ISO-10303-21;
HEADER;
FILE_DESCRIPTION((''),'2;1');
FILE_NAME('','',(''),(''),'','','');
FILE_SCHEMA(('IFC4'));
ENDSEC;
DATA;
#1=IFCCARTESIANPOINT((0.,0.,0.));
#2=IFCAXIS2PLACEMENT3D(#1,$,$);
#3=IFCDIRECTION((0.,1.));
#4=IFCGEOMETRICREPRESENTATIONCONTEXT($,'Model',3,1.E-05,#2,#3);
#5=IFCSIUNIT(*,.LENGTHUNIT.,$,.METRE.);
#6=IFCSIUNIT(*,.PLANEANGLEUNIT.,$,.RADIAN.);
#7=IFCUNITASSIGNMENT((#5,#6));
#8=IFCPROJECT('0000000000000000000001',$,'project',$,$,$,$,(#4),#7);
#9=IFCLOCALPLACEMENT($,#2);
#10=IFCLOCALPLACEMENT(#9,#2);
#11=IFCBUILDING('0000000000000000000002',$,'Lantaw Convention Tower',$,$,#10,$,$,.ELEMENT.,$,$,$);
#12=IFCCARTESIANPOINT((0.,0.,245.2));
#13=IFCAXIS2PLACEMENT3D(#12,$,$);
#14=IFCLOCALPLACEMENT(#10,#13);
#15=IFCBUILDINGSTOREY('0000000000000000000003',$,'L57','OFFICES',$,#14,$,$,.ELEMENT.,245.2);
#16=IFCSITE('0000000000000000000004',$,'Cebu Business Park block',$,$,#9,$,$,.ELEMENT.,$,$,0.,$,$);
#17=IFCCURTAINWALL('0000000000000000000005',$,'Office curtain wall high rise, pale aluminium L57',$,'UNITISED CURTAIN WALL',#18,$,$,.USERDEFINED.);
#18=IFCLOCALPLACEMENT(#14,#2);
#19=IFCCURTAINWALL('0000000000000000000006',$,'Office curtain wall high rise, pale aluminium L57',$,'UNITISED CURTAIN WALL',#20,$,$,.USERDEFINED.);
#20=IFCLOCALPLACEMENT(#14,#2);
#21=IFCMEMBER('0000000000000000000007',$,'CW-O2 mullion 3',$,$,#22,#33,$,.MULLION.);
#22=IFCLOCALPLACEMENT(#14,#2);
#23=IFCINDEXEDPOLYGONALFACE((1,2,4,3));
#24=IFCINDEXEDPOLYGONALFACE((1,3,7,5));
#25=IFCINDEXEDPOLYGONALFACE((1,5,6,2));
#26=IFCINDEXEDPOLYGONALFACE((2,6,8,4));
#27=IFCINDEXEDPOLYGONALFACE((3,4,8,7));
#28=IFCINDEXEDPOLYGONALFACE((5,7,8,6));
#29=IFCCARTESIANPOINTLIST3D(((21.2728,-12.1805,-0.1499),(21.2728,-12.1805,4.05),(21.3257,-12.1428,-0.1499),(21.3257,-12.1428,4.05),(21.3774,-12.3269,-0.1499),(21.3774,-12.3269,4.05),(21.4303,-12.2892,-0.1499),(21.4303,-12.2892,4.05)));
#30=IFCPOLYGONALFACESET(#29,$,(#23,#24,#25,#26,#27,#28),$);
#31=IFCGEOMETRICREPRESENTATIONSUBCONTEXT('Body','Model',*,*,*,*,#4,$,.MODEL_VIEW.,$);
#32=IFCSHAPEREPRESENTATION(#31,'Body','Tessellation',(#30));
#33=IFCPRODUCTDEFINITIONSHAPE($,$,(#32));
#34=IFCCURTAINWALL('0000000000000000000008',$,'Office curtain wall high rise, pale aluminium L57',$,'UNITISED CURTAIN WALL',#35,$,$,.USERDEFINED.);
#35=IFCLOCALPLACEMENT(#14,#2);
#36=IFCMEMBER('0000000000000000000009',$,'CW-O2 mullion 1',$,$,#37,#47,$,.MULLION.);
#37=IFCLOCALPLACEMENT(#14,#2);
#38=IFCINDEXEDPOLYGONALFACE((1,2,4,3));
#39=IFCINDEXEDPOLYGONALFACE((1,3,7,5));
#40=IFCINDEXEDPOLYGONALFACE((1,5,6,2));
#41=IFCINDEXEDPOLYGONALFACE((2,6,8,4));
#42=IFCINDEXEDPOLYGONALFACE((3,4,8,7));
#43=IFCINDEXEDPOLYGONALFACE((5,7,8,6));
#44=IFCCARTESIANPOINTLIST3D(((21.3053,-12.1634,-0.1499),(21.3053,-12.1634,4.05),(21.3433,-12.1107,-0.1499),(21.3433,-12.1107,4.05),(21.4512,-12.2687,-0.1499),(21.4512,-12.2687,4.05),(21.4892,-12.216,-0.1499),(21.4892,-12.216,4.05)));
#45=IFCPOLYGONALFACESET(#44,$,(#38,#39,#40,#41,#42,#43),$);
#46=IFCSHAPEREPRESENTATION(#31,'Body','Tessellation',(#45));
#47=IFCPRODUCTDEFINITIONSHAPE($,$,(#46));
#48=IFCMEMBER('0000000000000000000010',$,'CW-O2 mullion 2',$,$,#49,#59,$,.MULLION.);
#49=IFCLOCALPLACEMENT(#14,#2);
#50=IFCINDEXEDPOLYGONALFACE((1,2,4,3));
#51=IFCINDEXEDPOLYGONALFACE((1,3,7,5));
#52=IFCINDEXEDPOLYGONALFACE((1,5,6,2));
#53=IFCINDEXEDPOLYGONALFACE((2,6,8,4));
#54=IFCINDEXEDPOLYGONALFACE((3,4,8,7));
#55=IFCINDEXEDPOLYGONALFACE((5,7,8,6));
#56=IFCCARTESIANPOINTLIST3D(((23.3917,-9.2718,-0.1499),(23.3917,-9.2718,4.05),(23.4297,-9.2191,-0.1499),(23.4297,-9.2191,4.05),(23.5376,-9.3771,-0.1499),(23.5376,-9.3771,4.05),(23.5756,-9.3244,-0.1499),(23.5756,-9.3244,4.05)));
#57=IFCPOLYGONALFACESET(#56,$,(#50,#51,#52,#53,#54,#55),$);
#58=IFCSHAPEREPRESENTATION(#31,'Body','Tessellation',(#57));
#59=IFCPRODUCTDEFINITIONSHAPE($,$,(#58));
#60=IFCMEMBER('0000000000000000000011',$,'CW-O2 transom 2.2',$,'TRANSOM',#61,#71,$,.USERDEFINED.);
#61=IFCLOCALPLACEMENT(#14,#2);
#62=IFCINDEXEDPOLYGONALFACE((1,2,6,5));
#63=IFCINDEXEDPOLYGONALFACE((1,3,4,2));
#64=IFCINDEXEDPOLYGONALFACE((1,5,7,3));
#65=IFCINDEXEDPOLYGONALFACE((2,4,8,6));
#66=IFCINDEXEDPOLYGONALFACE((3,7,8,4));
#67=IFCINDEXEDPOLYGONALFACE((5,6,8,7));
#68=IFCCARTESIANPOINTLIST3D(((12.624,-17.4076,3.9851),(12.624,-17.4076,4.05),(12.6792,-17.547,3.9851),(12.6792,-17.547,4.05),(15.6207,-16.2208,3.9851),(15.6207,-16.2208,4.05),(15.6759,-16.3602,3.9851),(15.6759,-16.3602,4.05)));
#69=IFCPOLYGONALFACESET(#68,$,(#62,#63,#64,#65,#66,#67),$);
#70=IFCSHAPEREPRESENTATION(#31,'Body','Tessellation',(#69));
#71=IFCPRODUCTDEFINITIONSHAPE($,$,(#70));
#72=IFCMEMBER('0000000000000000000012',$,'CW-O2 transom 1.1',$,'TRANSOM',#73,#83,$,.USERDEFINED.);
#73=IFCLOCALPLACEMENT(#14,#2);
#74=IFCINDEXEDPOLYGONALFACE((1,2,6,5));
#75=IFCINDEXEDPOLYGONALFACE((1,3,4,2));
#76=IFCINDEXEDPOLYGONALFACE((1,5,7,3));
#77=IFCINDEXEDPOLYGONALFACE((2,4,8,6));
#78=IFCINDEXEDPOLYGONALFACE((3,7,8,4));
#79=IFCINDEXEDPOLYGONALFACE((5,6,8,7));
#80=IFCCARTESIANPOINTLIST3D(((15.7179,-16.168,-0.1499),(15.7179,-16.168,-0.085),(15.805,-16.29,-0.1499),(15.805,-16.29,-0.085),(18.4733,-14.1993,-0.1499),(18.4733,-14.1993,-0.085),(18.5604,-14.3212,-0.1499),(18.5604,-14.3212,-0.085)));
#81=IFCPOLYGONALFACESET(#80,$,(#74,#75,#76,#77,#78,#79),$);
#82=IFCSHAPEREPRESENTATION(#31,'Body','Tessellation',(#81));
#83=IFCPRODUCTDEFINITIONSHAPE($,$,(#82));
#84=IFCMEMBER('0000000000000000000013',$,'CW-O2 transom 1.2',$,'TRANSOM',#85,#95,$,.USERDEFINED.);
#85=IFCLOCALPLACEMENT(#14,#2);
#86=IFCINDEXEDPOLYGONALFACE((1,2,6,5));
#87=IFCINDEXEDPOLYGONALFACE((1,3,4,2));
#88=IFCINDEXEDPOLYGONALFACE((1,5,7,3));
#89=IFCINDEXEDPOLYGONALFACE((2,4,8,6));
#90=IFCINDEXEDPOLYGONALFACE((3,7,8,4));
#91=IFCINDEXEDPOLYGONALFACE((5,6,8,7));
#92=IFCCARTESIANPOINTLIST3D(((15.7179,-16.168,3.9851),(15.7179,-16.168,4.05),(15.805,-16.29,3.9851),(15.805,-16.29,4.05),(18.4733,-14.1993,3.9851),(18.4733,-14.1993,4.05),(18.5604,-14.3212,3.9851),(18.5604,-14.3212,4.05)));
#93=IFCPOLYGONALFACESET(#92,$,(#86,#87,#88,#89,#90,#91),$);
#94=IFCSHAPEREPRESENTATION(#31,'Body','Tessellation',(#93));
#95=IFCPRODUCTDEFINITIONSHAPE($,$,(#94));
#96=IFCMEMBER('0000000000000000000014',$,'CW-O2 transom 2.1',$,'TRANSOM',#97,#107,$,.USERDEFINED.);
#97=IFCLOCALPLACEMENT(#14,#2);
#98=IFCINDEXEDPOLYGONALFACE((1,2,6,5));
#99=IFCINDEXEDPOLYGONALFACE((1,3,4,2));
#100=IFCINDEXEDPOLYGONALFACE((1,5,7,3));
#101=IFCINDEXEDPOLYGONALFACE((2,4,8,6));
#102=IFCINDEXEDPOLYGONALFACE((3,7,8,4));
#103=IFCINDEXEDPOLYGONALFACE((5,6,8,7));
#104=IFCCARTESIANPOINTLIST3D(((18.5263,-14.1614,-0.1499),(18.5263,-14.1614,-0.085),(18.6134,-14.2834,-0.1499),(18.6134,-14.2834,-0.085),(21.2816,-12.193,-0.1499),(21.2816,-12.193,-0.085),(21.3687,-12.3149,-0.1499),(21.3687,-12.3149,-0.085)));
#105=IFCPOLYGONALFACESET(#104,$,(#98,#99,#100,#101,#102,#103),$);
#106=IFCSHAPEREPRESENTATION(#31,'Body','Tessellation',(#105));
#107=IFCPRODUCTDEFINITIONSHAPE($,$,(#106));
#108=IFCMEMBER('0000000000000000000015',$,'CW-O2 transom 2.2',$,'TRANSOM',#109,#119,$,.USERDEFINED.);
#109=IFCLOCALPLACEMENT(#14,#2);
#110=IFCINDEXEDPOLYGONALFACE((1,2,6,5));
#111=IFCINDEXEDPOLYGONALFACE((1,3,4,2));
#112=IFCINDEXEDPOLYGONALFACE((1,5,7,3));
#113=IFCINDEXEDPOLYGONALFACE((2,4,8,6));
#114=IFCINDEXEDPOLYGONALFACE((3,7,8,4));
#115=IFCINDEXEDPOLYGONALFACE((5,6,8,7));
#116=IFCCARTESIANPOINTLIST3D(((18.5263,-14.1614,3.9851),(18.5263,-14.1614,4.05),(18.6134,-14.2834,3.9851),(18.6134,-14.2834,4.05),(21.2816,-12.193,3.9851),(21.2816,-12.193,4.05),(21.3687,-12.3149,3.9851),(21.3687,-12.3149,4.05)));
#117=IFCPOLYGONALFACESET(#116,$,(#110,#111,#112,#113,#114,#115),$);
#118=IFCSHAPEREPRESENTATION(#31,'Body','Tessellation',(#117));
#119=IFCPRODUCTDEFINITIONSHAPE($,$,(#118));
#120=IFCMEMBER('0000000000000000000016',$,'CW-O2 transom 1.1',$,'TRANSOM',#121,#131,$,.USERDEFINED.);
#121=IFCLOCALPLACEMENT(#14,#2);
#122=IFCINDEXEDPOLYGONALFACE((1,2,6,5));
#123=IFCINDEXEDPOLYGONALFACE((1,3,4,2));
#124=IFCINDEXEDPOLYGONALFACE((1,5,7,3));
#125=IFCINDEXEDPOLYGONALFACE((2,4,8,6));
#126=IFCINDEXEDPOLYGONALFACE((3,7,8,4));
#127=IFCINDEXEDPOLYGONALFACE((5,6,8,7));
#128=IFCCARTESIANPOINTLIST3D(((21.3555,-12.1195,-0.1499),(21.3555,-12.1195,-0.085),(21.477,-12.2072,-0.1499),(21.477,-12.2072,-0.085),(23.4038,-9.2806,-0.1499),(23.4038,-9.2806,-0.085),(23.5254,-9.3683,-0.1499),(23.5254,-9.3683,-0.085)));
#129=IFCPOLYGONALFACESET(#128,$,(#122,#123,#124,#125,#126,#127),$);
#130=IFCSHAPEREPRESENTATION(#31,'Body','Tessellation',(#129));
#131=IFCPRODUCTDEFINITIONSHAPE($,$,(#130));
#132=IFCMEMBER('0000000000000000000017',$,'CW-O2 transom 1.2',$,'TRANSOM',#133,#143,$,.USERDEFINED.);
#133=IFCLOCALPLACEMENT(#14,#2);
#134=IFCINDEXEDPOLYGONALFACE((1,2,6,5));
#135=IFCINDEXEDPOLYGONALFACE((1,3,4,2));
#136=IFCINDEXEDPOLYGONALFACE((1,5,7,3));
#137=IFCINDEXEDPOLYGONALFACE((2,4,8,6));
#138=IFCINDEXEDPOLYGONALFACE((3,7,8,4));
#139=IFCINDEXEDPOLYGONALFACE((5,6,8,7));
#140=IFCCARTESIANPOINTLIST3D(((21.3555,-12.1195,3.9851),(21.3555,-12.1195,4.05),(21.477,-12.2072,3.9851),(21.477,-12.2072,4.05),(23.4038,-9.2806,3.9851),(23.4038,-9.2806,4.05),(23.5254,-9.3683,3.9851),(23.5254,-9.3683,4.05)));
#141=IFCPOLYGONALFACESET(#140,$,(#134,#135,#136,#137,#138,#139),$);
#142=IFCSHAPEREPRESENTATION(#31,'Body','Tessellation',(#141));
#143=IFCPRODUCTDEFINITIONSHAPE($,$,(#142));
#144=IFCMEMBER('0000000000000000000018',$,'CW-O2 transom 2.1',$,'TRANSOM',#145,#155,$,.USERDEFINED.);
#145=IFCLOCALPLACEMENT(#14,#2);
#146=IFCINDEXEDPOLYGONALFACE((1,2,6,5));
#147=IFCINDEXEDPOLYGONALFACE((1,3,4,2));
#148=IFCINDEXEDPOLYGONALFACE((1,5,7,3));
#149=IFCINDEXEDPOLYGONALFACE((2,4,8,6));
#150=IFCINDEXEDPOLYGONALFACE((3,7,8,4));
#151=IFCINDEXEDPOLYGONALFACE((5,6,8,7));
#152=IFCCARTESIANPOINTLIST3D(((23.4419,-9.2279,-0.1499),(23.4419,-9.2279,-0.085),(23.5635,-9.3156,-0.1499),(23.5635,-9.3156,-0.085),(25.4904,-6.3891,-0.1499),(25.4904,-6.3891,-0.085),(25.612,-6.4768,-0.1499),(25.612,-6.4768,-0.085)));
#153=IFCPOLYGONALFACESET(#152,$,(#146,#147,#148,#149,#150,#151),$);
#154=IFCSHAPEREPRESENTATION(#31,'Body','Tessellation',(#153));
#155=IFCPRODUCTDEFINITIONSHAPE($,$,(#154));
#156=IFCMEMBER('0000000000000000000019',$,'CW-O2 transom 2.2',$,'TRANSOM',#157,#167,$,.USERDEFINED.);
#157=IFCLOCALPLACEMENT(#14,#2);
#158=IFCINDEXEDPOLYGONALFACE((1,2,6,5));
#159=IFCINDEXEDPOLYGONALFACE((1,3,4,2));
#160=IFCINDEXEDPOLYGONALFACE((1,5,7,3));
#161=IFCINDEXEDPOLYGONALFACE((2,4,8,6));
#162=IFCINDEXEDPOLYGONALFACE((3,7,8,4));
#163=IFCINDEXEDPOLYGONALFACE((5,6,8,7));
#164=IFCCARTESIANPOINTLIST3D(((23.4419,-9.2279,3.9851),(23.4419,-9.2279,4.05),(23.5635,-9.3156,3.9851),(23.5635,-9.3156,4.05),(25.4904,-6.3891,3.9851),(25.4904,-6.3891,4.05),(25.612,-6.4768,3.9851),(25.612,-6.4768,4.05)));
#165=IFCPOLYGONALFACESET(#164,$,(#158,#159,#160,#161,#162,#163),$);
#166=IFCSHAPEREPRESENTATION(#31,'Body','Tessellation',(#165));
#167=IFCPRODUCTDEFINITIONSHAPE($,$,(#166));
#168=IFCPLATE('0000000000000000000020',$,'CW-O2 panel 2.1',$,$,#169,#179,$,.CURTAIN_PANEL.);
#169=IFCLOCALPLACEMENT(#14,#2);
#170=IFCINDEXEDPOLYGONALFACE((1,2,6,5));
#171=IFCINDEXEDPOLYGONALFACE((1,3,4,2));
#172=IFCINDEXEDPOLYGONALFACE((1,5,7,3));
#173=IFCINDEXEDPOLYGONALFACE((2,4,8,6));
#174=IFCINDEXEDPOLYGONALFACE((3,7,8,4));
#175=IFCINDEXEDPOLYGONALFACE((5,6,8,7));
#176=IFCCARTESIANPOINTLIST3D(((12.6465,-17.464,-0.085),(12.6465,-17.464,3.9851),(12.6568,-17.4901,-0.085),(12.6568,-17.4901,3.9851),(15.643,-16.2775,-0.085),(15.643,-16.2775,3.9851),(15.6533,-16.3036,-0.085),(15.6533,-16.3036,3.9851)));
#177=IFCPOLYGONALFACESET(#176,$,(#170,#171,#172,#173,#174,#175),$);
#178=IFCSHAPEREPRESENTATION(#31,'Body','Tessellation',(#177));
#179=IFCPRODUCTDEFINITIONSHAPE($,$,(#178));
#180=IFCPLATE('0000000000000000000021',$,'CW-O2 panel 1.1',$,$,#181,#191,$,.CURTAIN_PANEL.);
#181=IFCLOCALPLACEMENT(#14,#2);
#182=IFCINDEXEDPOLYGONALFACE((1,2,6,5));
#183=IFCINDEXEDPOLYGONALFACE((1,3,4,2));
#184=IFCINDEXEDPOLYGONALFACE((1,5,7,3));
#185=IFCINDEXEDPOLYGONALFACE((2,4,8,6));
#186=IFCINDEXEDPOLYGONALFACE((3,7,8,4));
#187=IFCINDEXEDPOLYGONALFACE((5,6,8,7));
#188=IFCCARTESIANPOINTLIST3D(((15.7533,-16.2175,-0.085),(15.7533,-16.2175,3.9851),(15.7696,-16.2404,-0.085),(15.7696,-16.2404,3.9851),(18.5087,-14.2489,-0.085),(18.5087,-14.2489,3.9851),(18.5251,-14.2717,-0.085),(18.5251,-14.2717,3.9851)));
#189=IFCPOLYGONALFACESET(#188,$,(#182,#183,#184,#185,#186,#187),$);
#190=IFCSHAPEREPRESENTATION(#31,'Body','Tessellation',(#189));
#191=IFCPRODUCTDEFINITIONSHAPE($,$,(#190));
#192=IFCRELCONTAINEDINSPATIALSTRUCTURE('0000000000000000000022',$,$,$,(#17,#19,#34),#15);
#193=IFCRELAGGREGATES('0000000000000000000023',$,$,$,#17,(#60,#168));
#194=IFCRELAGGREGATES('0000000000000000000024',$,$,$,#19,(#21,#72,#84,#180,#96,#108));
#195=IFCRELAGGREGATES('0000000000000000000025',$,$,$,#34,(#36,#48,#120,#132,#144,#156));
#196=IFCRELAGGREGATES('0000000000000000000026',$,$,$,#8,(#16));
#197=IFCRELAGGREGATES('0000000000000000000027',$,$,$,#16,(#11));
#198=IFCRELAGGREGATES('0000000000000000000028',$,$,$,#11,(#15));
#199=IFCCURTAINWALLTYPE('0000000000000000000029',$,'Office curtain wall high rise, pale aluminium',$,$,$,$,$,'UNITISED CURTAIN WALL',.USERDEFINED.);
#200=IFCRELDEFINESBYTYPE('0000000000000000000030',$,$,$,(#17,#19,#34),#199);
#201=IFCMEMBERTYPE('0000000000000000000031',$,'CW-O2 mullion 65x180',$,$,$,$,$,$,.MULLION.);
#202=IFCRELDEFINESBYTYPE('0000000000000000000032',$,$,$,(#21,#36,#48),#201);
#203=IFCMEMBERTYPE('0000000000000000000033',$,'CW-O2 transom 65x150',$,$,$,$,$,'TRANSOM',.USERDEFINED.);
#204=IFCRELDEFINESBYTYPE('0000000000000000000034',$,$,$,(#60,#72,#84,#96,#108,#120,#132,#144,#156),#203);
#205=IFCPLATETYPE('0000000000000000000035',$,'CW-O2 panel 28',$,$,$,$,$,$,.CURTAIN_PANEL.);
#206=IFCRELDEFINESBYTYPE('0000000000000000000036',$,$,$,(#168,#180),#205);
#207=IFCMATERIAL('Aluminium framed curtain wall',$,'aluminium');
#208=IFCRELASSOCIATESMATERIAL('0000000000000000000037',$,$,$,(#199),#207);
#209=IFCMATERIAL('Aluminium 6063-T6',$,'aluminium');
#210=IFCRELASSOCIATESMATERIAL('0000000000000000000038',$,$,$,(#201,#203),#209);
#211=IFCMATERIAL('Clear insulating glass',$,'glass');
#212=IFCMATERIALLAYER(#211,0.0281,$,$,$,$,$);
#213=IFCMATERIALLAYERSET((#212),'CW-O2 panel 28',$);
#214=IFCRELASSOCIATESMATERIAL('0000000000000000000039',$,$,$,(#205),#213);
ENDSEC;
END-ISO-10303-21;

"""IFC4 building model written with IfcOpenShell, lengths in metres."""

from ifc_helpers import new_model, si_unit, direction, frame, origin, origin_2d, place, context, subcontext, project, spatial, rectangle, extrude, material, layer, layer_set, material_profile, profile_set, type_object, element, aggregate, save


model = new_model("IFC4")

# Units and contexts
model_context = context("Model", 3, precision=1e-05, world=origin(), true_north=direction((0.0, 1.0)))
body_context = subcontext(model_context, "Body", "Model", "MODEL_VIEW")
ifc_project = project(units=[si_unit("LENGTHUNIT", "METRE"), si_unit("PLANEANGLEUNIT", "RADIAN")], contexts=[model_context])

# Site, building, storey
site_placement = place(None, origin())
site = spatial("IfcSite", under=ifc_project, at=site_placement, Name="Cebu Business Park block", CompositionType="ELEMENT", RefElevation=0.0)
building_placement = place(site_placement, origin())
building = spatial("IfcBuilding", under=site, at=building_placement, Name="Lantaw Convention Tower", CompositionType="ELEMENT")
storey_placement = place(building_placement, frame((0.0, 0.0, 245.2)))
storey = spatial("IfcBuildingStorey", under=building, at=storey_placement, Name="L57", Description="OFFICES", CompositionType="ELEMENT", Elevation=245.2)

# Curtain wall
ifc_material_1 = material(Name="Aluminium framed curtain wall", Category="aluminium")
curtain_wall_type = type_object("IfcCurtainWallType", Name="Office curtain wall high rise, pale aluminium", ElementType="UNITISED CURTAIN WALL", PredefinedType="USERDEFINED", material=ifc_material_1)
curtain_wall_1_placement = place(storey_placement, origin())
curtain_wall_1 = element("IfcCurtainWall", 1, at=curtain_wall_1_placement, inside=storey, type_object=curtain_wall_type, Name="Office curtain wall high rise, pale aluminium L57", ObjectType="UNITISED CURTAIN WALL", PredefinedType="USERDEFINED")
ifc_material_2 = material(Name="Aluminium 6063-T6", Category="aluminium")
ifc_material_profile_1 = material_profile(ifc_material_2, rectangle(XDim=0.1799, YDim=0.0649, at=origin_2d()), Name="CW-O2 mullion 65x180")
ifc_profile_set_1 = profile_set([ifc_material_profile_1], Name="Aluminium 6063-T6")
member_type_1 = type_object("IfcMemberType", Name="CW-O2 mullion 65x180", PredefinedType="MULLION", material=ifc_profile_set_1)

# Curtain walls, members
curtain_wall_2_placement = place(storey_placement, origin())
curtain_wall_2 = element("IfcCurtainWall", 2, at=curtain_wall_2_placement, inside=storey, type_object=curtain_wall_type, Name="Office curtain wall high rise, pale aluminium L57", ObjectType="UNITISED CURTAIN WALL", PredefinedType="USERDEFINED")
member_1_placement = place(storey_placement, frame((21.3516, -12.2349, -0.1499), z_axis=(0.0, 0.0, 1.0), x_axis=(-0.581323, 0.813673, 0.0)))
member_1 = element("IfcMember", 3, at=member_1_placement, type_object=member_type_1, Name="CW-O2 mullion 3", PredefinedType="MULLION", context=body_context, shape_type="SweptSolid", body=[
    extrude(rectangle(XDim=0.1799, YDim=0.0649, at=origin_2d()), origin(), (0.0, 0.0, 1.0), 4.2),
])
curtain_wall_3_placement = place(storey_placement, origin())
curtain_wall_3 = element("IfcCurtainWall", 4, at=curtain_wall_3_placement, inside=storey, type_object=curtain_wall_type, Name="Office curtain wall high rise, pale aluminium L57", ObjectType="UNITISED CURTAIN WALL", PredefinedType="USERDEFINED")
member_2_placement = place(storey_placement, frame((21.3972, -12.1897, -0.1499), z_axis=(0.0, 0.0, 1.0), x_axis=(-0.81092, 0.585158, 0.0)))
member_2 = element("IfcMember", 5, at=member_2_placement, type_object=member_type_1, Name="CW-O2 mullion 1", PredefinedType="MULLION", context=body_context, shape_type="SweptSolid", body=[
    extrude(rectangle(XDim=0.1799, YDim=0.0649, at=origin_2d()), origin(), (0.0, 0.0, 1.0), 4.2),
])
member_3_placement = place(storey_placement, frame((23.4836, -9.2981, -0.1499), z_axis=(0.0, 0.0, 1.0), x_axis=(-0.81092, 0.585158, 0.0)))
member_3 = element("IfcMember", 6, at=member_3_placement, type_object=member_type_1, Name="CW-O2 mullion 2", PredefinedType="MULLION", context=body_context, shape_type="SweptSolid", body=[
    extrude(rectangle(XDim=0.1799, YDim=0.0649, at=origin_2d()), origin(), (0.0, 0.0, 1.0), 4.2),
])

# Members
ifc_material_profile_2 = material_profile(ifc_material_2, rectangle(XDim=0.1499, YDim=0.0649, at=origin_2d()), Name="CW-O2 transom 65x150")
ifc_profile_set_2 = profile_set([ifc_material_profile_2], Name="Aluminium 6063-T6")
member_type_2 = type_object("IfcMemberType", Name="CW-O2 transom 65x150", ElementType="TRANSOM", PredefinedType="USERDEFINED", material=ifc_profile_set_2)
member_4_placement = place(storey_placement, frame((12.6516, -17.4773, 4.0176), z_axis=(0.929741, 0.368215, 0.0), x_axis=(-0.368215, 0.929741, 0.0)))
member_4 = element("IfcMember", 7, at=member_4_placement, type_object=member_type_2, Name="CW-O2 transom 2.2", ObjectType="TRANSOM", PredefinedType="USERDEFINED", context=body_context, shape_type="SweptSolid", body=[
    extrude(rectangle(XDim=0.1499, YDim=0.0649, at=origin_2d()), origin(), (0.0, 0.0, 1.0), 3.2231),
])
member_5_placement = place(storey_placement, frame((15.7615, -16.229, -0.1174), z_axis=(0.813646, 0.581361, 0.0), x_axis=(-0.581361, 0.813646, 0.0)))
member_5 = element("IfcMember", 8, at=member_5_placement, type_object=member_type_2, Name="CW-O2 transom 1.1", ObjectType="TRANSOM", PredefinedType="USERDEFINED", context=body_context, shape_type="SweptSolid", body=[
    extrude(rectangle(XDim=0.1499, YDim=0.0649, at=origin_2d()), origin(), (0.0, 0.0, 1.0), 3.3865),
])
member_6_placement = place(storey_placement, frame((15.7615, -16.229, 4.0176), z_axis=(0.813646, 0.581361, 0.0), x_axis=(-0.581361, 0.813646, 0.0)))
member_6 = element("IfcMember", 9, at=member_6_placement, type_object=member_type_2, Name="CW-O2 transom 1.2", ObjectType="TRANSOM", PredefinedType="USERDEFINED", context=body_context, shape_type="SweptSolid", body=[
    extrude(rectangle(XDim=0.1499, YDim=0.0649, at=origin_2d()), origin(), (0.0, 0.0, 1.0), 3.3865),
])
member_7_placement = place(storey_placement, frame((18.5698, -14.2224, -0.1174), z_axis=(0.81368, 0.581313, 0.0), x_axis=(-0.581313, 0.81368, 0.0)))
member_7 = element("IfcMember", 10, at=member_7_placement, type_object=member_type_2, Name="CW-O2 transom 2.1", ObjectType="TRANSOM", PredefinedType="USERDEFINED", context=body_context, shape_type="SweptSolid", body=[
    extrude(rectangle(XDim=0.1499, YDim=0.0649, at=origin_2d()), origin(), (0.0, 0.0, 1.0), 3.3862),
])
member_8_placement = place(storey_placement, frame((18.5698, -14.2224, 4.0176), z_axis=(0.81368, 0.581313, 0.0), x_axis=(-0.581313, 0.81368, 0.0)))
member_8 = element("IfcMember", 11, at=member_8_placement, type_object=member_type_2, Name="CW-O2 transom 2.2", ObjectType="TRANSOM", PredefinedType="USERDEFINED", context=body_context, shape_type="SweptSolid", body=[
    extrude(rectangle(XDim=0.1499, YDim=0.0649, at=origin_2d()), origin(), (0.0, 0.0, 1.0), 3.3862),
])
member_9_placement = place(storey_placement, frame((21.4163, -12.1633, -0.1174), z_axis=(0.585124, 0.810944, 0.0), x_axis=(-0.810944, 0.585124, 0.0)))
member_9 = element("IfcMember", 12, at=member_9_placement, type_object=member_type_2, Name="CW-O2 transom 1.1", ObjectType="TRANSOM", PredefinedType="USERDEFINED", context=body_context, shape_type="SweptSolid", body=[
    extrude(rectangle(XDim=0.1499, YDim=0.0649, at=origin_2d()), origin(), (0.0, 0.0, 1.0), 3.5007),
])
member_10_placement = place(storey_placement, frame((21.4163, -12.1633, 4.0176), z_axis=(0.585124, 0.810944, 0.0), x_axis=(-0.810944, 0.585124, 0.0)))
member_10 = element("IfcMember", 13, at=member_10_placement, type_object=member_type_2, Name="CW-O2 transom 1.2", ObjectType="TRANSOM", PredefinedType="USERDEFINED", context=body_context, shape_type="SweptSolid", body=[
    extrude(rectangle(XDim=0.1499, YDim=0.0649, at=origin_2d()), origin(), (0.0, 0.0, 1.0), 3.5007),
])
member_11_placement = place(storey_placement, frame((23.5027, -9.2717, -0.1174), z_axis=(0.58517, 0.810911, 0.0), x_axis=(-0.810911, 0.58517, 0.0)))
member_11 = element("IfcMember", 14, at=member_11_placement, type_object=member_type_2, Name="CW-O2 transom 2.1", ObjectType="TRANSOM", PredefinedType="USERDEFINED", context=body_context, shape_type="SweptSolid", body=[
    extrude(rectangle(XDim=0.1499, YDim=0.0649, at=origin_2d()), origin(), (0.0, 0.0, 1.0), 3.5007),
])
member_12_placement = place(storey_placement, frame((23.5027, -9.2717, 4.0176), z_axis=(0.58517, 0.810911, 0.0), x_axis=(-0.810911, 0.58517, 0.0)))
member_12 = element("IfcMember", 15, at=member_12_placement, type_object=member_type_2, Name="CW-O2 transom 2.2", ObjectType="TRANSOM", PredefinedType="USERDEFINED", context=body_context, shape_type="SweptSolid", body=[
    extrude(rectangle(XDim=0.1499, YDim=0.0649, at=origin_2d()), origin(), (0.0, 0.0, 1.0), 3.5007),
])

# Plates
ifc_material_3 = material(Name="Clear insulating glass", Category="glass")
ifc_layer_1 = layer(ifc_material_3, 0.0281)
ifc_layer_set_1 = layer_set([ifc_layer_1], Name="CW-O2 panel 28")
plate_type_1 = type_object("IfcPlateType", Name="CW-O2 panel 28", PredefinedType="CURTAIN_PANEL", material=ifc_layer_set_1)
plate_1_placement = place(storey_placement, frame((14.1499, -16.8838, -0.085), z_axis=(0.0, 0.0, 1.0), x_axis=(0.929762, 0.368162, 0.0)))
plate_1 = element("IfcPlate", 16, at=plate_1_placement, type_object=plate_type_1, Name="CW-O2 panel 2.1", PredefinedType="CURTAIN_PANEL", context=body_context, shape_type="SweptSolid", body=[
    extrude(rectangle(XDim=3.2229, YDim=0.0281, at=origin_2d()), origin(), (0.0, 0.0, 1.0), 4.0701),
])
aggregate(curtain_wall_1, [member_4, plate_1])
plate_2_placement = place(storey_placement, frame((17.1392, -15.2446, -0.085), z_axis=(0.0, 0.0, 1.0), x_axis=(0.813673, 0.581323, 0.0)))
plate_2 = element("IfcPlate", 17, at=plate_2_placement, type_object=plate_type_1, Name="CW-O2 panel 1.1", PredefinedType="CURTAIN_PANEL", context=body_context, shape_type="SweptSolid", body=[
    extrude(rectangle(XDim=3.3865, YDim=0.0281, at=origin_2d()), origin(), (0.0, 0.0, 1.0), 4.0701),
])
aggregate(curtain_wall_2, [member_1, member_5, member_6, plate_2, member_7, member_8])
aggregate(curtain_wall_3, [member_2, member_3, member_9, member_10, member_11, member_12])

save(model, "model.ifc")
